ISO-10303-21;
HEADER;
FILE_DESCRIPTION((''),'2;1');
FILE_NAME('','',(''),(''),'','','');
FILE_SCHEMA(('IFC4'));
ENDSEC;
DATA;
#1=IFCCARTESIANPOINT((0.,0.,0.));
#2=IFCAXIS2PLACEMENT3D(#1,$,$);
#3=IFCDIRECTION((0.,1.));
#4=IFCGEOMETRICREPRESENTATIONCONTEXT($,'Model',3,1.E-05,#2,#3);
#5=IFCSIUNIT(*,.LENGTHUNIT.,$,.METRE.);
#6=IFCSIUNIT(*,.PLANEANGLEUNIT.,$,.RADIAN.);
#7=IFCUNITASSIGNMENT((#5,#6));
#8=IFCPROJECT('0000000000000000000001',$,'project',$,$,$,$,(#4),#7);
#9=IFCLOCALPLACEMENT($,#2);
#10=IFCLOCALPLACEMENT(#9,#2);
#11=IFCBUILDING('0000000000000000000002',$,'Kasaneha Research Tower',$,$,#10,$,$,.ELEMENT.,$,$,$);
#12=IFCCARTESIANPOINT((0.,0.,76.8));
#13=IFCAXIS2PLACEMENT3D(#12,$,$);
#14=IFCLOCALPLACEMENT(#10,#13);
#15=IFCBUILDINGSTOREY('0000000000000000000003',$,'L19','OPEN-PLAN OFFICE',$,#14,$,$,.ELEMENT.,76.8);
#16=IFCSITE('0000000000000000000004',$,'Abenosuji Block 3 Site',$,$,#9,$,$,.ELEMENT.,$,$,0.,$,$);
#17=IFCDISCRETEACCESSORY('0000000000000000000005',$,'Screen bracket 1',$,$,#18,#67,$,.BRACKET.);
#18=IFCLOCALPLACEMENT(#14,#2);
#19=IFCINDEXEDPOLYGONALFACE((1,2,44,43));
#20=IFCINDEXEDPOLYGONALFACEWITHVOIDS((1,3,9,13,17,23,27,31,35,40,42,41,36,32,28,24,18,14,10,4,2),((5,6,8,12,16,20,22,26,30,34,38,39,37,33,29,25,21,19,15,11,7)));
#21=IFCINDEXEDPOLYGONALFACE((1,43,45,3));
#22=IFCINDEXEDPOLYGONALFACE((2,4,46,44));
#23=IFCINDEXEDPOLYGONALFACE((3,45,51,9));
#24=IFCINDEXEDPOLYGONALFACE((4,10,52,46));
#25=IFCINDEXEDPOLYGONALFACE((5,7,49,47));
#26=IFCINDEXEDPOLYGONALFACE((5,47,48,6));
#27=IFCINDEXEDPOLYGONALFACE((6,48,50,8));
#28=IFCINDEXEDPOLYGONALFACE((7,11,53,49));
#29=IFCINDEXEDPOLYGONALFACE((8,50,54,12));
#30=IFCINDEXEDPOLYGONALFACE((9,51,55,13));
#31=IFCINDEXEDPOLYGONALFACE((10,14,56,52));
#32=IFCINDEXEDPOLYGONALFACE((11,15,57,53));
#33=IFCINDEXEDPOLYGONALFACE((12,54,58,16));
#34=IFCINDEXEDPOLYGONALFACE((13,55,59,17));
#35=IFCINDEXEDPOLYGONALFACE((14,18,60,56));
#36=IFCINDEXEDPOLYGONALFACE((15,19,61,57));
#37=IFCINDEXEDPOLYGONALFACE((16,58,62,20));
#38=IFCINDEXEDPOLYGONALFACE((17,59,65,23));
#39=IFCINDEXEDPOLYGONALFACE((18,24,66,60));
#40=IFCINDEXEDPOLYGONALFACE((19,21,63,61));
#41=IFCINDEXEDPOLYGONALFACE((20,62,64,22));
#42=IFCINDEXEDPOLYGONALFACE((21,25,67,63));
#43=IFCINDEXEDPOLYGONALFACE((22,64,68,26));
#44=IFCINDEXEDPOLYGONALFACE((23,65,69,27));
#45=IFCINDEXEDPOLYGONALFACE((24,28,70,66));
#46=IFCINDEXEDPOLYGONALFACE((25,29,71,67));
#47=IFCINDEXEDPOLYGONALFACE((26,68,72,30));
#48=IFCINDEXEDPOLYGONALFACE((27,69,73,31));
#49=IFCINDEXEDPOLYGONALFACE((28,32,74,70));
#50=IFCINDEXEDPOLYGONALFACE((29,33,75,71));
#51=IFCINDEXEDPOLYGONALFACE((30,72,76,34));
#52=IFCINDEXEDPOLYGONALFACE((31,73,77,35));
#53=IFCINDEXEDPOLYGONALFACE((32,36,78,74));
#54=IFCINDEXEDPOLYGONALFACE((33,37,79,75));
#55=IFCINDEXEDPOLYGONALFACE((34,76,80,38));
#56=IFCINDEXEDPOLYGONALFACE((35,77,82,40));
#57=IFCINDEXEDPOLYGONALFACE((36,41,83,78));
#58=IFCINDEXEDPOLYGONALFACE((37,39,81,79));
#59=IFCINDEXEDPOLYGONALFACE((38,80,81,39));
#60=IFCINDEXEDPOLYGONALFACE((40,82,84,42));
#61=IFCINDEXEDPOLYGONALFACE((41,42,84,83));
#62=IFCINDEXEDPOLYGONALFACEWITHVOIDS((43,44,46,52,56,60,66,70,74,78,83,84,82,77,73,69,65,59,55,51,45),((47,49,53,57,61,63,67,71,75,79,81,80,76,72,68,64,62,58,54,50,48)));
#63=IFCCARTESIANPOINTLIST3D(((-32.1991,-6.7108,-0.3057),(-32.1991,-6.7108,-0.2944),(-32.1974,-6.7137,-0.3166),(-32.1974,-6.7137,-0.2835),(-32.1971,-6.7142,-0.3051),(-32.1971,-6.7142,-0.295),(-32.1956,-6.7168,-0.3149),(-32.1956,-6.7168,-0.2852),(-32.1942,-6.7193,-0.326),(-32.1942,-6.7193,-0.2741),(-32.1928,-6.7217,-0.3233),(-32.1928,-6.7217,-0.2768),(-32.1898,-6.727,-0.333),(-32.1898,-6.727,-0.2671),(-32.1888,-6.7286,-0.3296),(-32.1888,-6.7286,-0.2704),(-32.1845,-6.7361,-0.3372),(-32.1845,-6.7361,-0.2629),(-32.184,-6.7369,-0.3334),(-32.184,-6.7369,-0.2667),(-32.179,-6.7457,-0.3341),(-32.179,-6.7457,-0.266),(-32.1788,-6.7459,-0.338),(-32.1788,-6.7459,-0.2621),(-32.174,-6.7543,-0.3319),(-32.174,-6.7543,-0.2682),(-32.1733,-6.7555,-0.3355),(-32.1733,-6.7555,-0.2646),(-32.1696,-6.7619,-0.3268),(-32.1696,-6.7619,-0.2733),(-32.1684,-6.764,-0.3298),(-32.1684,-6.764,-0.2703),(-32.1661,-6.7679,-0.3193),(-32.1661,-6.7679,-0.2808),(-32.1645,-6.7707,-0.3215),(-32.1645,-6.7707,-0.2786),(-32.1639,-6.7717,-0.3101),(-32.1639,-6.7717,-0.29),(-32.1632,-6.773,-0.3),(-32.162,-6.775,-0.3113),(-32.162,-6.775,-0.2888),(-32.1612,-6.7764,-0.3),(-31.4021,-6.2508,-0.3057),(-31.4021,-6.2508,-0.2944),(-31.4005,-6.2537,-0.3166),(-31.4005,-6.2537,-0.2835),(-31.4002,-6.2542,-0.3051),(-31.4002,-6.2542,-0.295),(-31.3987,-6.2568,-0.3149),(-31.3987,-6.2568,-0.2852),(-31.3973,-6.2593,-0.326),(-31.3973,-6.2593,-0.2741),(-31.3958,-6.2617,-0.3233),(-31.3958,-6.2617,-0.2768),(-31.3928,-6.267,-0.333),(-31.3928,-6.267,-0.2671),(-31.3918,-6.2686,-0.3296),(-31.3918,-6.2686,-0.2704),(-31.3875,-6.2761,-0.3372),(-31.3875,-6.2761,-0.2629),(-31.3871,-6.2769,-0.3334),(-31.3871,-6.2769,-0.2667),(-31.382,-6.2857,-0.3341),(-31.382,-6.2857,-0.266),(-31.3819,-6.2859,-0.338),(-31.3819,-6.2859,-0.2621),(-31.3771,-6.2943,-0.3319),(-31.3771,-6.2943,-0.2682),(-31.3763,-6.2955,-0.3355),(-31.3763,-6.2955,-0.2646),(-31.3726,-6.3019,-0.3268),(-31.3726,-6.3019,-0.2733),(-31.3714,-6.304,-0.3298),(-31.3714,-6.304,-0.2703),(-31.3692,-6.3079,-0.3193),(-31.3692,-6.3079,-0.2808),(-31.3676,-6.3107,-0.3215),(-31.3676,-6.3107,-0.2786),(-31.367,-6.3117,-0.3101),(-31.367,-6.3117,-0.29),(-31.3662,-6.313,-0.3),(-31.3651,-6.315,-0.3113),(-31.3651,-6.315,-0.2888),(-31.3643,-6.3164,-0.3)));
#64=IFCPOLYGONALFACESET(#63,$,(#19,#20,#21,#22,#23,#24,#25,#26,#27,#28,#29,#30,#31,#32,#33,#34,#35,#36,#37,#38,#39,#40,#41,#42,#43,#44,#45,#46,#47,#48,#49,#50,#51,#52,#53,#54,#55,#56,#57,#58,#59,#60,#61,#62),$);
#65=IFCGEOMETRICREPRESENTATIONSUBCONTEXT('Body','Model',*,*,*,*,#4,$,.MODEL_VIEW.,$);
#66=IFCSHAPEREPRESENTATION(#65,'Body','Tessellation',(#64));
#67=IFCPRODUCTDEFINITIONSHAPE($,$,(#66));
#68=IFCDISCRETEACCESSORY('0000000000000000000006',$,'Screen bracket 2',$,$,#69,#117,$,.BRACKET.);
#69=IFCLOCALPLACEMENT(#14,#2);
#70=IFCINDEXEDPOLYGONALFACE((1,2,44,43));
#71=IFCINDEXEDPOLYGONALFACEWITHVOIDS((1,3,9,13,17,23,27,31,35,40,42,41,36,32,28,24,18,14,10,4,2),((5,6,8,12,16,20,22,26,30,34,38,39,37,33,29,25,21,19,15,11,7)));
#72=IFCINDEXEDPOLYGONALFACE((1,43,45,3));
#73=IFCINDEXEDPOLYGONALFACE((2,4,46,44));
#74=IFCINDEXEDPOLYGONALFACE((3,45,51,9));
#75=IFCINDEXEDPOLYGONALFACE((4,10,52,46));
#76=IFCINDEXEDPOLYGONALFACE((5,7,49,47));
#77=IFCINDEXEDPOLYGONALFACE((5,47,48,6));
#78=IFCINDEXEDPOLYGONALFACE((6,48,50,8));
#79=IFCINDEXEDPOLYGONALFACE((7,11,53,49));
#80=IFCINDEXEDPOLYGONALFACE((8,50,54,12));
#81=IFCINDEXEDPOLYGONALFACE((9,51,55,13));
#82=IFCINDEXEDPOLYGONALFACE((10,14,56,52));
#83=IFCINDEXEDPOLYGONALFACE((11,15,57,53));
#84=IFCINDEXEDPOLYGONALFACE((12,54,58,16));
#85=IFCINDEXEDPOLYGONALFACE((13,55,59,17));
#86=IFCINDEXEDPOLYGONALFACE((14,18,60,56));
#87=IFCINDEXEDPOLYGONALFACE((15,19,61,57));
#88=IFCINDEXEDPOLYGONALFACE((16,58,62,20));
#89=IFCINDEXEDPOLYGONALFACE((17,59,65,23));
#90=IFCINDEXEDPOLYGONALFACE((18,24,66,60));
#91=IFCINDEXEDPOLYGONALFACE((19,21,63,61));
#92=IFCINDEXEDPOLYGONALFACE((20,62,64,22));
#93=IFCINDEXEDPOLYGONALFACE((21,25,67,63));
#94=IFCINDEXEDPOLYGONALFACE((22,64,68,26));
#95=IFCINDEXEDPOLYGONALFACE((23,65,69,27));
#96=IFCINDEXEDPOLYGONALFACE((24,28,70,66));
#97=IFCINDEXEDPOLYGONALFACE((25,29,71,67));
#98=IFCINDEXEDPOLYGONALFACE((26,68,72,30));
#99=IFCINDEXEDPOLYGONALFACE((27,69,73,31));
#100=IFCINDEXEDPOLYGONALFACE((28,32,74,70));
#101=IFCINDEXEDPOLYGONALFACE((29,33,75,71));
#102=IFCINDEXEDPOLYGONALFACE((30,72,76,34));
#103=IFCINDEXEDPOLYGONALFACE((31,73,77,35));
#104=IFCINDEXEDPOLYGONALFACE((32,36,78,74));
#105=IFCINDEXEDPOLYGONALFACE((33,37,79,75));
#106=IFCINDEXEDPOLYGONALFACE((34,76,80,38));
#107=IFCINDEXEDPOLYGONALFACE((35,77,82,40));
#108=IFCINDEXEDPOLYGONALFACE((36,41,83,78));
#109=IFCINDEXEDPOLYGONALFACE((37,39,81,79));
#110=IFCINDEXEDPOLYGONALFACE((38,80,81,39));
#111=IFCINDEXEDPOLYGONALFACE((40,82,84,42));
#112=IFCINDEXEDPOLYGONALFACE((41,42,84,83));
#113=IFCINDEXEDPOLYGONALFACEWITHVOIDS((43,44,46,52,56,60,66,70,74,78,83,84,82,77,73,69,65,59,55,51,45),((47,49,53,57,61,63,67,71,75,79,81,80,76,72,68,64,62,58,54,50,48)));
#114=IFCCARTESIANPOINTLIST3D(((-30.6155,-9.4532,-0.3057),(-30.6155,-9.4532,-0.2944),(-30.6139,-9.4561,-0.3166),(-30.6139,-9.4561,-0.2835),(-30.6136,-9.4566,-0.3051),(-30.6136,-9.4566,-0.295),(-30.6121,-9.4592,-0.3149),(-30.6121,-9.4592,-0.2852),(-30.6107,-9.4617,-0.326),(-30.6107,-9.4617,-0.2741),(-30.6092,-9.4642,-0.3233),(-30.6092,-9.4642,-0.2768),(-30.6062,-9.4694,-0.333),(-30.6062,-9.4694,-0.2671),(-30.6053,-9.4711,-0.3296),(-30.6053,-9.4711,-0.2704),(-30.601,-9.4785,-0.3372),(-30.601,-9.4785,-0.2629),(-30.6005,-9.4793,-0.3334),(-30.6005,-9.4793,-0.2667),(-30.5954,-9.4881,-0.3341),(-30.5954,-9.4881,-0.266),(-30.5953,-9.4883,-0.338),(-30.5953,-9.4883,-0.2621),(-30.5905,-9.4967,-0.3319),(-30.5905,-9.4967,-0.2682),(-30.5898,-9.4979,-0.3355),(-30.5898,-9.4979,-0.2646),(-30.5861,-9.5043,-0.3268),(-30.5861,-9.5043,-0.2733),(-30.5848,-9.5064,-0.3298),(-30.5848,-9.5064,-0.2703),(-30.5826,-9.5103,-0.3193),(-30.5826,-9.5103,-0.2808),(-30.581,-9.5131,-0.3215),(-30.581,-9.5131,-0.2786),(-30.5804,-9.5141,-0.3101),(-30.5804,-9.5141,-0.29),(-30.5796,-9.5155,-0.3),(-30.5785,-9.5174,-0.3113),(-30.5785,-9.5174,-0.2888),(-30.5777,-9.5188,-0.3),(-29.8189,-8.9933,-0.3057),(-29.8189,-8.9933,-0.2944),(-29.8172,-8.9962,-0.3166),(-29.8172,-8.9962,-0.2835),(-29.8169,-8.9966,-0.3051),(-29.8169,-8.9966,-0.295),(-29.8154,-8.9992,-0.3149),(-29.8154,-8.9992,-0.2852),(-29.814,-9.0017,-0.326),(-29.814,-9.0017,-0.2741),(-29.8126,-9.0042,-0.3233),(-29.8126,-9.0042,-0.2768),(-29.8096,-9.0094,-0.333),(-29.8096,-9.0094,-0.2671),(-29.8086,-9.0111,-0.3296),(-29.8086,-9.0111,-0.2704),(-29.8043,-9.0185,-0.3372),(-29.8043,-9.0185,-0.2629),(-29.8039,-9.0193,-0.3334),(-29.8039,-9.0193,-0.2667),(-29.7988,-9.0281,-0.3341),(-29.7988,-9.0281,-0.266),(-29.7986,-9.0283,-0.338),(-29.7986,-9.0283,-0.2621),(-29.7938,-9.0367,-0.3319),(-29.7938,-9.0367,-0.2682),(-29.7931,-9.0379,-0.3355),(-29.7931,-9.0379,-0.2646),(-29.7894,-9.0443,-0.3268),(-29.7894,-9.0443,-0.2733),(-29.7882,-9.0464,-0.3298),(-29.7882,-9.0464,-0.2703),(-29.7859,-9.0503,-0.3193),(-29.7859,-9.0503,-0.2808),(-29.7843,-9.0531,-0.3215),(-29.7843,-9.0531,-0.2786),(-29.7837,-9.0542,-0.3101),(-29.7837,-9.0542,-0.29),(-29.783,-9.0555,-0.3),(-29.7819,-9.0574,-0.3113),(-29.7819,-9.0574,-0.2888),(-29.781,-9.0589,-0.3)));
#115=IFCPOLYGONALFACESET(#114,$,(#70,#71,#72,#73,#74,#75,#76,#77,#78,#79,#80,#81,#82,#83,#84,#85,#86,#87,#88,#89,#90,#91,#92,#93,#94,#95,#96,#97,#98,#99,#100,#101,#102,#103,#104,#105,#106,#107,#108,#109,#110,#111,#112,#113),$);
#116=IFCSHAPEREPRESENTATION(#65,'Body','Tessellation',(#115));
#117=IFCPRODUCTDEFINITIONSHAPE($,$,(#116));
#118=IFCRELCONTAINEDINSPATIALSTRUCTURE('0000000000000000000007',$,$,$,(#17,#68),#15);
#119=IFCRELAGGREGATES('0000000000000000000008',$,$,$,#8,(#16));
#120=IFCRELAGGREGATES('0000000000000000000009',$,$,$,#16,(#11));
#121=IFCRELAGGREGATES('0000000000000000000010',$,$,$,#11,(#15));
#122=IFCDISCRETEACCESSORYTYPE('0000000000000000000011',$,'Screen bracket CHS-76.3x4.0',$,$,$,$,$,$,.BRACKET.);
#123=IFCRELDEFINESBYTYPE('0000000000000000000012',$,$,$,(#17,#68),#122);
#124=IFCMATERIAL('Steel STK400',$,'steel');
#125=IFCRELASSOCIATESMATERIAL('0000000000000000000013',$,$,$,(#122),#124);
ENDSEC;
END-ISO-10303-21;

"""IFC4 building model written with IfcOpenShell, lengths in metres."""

from ifc_helpers import new_model, si_unit, direction, frame, origin, origin_2d, place, context, subcontext, project, spatial, hollow_circle, extrude, material, material_profile, profile_set, type_object, element, save


model = new_model("IFC4")

# Units and contexts
model_context = context("Model", 3, precision=1e-05, world=origin(), true_north=direction((0.0, 1.0)))
body_context = subcontext(model_context, "Body", "Model", "MODEL_VIEW")
ifc_project = project(units=[si_unit("LENGTHUNIT", "METRE"), si_unit("PLANEANGLEUNIT", "RADIAN")], contexts=[model_context])

# Site, building, storey
site_placement = place(None, origin())
site = spatial("IfcSite", under=ifc_project, at=site_placement, Name="Abenosuji Block 3 Site", CompositionType="ELEMENT", RefElevation=0.0)
building_placement = place(site_placement, origin())
building = spatial("IfcBuilding", under=site, at=building_placement, Name="Kasaneha Research Tower", CompositionType="ELEMENT")
storey_placement = place(building_placement, frame((0.0, 0.0, 76.8)))
storey = spatial("IfcBuildingStorey", under=building, at=storey_placement, Name="L19", Description="OPEN-PLAN OFFICE", CompositionType="ELEMENT", Elevation=76.8)

# Discrete accessories
ifc_material_1 = material(Name="Steel STK400", Category="steel")
ifc_material_profile_1 = material_profile(ifc_material_1, hollow_circle(Radius=0.0381, WallThickness=0.0039, at=origin_2d()), Name="CHS-76.3x4.0")
ifc_profile_set_1 = profile_set([ifc_material_profile_1], Name="Steel STK400")
discrete_accessory_type = type_object("IfcDiscreteAccessoryType", Name="Screen bracket CHS-76.3x4.0", PredefinedType="BRACKET", material=ifc_profile_set_1)
discrete_accessory_1_placement = place(storey_placement, frame((-31.3833, -6.2834, -0.3), z_axis=(-0.86608, -0.499906, 0.0), x_axis=(0.499906, -0.86608, 0.0)))
element("IfcDiscreteAccessory", 1, at=discrete_accessory_1_placement, inside=storey, type_object=discrete_accessory_type, Name="Screen bracket 1", PredefinedType="BRACKET", context=body_context, shape_type="SweptSolid", body=[
    extrude(hollow_circle(Radius=0.0381, WallThickness=0.0039, at=origin_2d()), origin(), (0.0, 0.0, 1.0), 0.9202),
])
discrete_accessory_2_placement = place(storey_placement, frame((-29.8, -9.0259, -0.3), z_axis=(-0.866013, -0.500021, 0.0), x_axis=(0.500021, -0.866013, 0.0)))
element("IfcDiscreteAccessory", 2, at=discrete_accessory_2_placement, inside=storey, type_object=discrete_accessory_type, Name="Screen bracket 2", PredefinedType="BRACKET", context=body_context, shape_type="SweptSolid", body=[
    extrude(hollow_circle(Radius=0.0381, WallThickness=0.0039, at=origin_2d()), origin(), (0.0, 0.0, 1.0), 0.9199),
])

save(model, "model.ifc")
